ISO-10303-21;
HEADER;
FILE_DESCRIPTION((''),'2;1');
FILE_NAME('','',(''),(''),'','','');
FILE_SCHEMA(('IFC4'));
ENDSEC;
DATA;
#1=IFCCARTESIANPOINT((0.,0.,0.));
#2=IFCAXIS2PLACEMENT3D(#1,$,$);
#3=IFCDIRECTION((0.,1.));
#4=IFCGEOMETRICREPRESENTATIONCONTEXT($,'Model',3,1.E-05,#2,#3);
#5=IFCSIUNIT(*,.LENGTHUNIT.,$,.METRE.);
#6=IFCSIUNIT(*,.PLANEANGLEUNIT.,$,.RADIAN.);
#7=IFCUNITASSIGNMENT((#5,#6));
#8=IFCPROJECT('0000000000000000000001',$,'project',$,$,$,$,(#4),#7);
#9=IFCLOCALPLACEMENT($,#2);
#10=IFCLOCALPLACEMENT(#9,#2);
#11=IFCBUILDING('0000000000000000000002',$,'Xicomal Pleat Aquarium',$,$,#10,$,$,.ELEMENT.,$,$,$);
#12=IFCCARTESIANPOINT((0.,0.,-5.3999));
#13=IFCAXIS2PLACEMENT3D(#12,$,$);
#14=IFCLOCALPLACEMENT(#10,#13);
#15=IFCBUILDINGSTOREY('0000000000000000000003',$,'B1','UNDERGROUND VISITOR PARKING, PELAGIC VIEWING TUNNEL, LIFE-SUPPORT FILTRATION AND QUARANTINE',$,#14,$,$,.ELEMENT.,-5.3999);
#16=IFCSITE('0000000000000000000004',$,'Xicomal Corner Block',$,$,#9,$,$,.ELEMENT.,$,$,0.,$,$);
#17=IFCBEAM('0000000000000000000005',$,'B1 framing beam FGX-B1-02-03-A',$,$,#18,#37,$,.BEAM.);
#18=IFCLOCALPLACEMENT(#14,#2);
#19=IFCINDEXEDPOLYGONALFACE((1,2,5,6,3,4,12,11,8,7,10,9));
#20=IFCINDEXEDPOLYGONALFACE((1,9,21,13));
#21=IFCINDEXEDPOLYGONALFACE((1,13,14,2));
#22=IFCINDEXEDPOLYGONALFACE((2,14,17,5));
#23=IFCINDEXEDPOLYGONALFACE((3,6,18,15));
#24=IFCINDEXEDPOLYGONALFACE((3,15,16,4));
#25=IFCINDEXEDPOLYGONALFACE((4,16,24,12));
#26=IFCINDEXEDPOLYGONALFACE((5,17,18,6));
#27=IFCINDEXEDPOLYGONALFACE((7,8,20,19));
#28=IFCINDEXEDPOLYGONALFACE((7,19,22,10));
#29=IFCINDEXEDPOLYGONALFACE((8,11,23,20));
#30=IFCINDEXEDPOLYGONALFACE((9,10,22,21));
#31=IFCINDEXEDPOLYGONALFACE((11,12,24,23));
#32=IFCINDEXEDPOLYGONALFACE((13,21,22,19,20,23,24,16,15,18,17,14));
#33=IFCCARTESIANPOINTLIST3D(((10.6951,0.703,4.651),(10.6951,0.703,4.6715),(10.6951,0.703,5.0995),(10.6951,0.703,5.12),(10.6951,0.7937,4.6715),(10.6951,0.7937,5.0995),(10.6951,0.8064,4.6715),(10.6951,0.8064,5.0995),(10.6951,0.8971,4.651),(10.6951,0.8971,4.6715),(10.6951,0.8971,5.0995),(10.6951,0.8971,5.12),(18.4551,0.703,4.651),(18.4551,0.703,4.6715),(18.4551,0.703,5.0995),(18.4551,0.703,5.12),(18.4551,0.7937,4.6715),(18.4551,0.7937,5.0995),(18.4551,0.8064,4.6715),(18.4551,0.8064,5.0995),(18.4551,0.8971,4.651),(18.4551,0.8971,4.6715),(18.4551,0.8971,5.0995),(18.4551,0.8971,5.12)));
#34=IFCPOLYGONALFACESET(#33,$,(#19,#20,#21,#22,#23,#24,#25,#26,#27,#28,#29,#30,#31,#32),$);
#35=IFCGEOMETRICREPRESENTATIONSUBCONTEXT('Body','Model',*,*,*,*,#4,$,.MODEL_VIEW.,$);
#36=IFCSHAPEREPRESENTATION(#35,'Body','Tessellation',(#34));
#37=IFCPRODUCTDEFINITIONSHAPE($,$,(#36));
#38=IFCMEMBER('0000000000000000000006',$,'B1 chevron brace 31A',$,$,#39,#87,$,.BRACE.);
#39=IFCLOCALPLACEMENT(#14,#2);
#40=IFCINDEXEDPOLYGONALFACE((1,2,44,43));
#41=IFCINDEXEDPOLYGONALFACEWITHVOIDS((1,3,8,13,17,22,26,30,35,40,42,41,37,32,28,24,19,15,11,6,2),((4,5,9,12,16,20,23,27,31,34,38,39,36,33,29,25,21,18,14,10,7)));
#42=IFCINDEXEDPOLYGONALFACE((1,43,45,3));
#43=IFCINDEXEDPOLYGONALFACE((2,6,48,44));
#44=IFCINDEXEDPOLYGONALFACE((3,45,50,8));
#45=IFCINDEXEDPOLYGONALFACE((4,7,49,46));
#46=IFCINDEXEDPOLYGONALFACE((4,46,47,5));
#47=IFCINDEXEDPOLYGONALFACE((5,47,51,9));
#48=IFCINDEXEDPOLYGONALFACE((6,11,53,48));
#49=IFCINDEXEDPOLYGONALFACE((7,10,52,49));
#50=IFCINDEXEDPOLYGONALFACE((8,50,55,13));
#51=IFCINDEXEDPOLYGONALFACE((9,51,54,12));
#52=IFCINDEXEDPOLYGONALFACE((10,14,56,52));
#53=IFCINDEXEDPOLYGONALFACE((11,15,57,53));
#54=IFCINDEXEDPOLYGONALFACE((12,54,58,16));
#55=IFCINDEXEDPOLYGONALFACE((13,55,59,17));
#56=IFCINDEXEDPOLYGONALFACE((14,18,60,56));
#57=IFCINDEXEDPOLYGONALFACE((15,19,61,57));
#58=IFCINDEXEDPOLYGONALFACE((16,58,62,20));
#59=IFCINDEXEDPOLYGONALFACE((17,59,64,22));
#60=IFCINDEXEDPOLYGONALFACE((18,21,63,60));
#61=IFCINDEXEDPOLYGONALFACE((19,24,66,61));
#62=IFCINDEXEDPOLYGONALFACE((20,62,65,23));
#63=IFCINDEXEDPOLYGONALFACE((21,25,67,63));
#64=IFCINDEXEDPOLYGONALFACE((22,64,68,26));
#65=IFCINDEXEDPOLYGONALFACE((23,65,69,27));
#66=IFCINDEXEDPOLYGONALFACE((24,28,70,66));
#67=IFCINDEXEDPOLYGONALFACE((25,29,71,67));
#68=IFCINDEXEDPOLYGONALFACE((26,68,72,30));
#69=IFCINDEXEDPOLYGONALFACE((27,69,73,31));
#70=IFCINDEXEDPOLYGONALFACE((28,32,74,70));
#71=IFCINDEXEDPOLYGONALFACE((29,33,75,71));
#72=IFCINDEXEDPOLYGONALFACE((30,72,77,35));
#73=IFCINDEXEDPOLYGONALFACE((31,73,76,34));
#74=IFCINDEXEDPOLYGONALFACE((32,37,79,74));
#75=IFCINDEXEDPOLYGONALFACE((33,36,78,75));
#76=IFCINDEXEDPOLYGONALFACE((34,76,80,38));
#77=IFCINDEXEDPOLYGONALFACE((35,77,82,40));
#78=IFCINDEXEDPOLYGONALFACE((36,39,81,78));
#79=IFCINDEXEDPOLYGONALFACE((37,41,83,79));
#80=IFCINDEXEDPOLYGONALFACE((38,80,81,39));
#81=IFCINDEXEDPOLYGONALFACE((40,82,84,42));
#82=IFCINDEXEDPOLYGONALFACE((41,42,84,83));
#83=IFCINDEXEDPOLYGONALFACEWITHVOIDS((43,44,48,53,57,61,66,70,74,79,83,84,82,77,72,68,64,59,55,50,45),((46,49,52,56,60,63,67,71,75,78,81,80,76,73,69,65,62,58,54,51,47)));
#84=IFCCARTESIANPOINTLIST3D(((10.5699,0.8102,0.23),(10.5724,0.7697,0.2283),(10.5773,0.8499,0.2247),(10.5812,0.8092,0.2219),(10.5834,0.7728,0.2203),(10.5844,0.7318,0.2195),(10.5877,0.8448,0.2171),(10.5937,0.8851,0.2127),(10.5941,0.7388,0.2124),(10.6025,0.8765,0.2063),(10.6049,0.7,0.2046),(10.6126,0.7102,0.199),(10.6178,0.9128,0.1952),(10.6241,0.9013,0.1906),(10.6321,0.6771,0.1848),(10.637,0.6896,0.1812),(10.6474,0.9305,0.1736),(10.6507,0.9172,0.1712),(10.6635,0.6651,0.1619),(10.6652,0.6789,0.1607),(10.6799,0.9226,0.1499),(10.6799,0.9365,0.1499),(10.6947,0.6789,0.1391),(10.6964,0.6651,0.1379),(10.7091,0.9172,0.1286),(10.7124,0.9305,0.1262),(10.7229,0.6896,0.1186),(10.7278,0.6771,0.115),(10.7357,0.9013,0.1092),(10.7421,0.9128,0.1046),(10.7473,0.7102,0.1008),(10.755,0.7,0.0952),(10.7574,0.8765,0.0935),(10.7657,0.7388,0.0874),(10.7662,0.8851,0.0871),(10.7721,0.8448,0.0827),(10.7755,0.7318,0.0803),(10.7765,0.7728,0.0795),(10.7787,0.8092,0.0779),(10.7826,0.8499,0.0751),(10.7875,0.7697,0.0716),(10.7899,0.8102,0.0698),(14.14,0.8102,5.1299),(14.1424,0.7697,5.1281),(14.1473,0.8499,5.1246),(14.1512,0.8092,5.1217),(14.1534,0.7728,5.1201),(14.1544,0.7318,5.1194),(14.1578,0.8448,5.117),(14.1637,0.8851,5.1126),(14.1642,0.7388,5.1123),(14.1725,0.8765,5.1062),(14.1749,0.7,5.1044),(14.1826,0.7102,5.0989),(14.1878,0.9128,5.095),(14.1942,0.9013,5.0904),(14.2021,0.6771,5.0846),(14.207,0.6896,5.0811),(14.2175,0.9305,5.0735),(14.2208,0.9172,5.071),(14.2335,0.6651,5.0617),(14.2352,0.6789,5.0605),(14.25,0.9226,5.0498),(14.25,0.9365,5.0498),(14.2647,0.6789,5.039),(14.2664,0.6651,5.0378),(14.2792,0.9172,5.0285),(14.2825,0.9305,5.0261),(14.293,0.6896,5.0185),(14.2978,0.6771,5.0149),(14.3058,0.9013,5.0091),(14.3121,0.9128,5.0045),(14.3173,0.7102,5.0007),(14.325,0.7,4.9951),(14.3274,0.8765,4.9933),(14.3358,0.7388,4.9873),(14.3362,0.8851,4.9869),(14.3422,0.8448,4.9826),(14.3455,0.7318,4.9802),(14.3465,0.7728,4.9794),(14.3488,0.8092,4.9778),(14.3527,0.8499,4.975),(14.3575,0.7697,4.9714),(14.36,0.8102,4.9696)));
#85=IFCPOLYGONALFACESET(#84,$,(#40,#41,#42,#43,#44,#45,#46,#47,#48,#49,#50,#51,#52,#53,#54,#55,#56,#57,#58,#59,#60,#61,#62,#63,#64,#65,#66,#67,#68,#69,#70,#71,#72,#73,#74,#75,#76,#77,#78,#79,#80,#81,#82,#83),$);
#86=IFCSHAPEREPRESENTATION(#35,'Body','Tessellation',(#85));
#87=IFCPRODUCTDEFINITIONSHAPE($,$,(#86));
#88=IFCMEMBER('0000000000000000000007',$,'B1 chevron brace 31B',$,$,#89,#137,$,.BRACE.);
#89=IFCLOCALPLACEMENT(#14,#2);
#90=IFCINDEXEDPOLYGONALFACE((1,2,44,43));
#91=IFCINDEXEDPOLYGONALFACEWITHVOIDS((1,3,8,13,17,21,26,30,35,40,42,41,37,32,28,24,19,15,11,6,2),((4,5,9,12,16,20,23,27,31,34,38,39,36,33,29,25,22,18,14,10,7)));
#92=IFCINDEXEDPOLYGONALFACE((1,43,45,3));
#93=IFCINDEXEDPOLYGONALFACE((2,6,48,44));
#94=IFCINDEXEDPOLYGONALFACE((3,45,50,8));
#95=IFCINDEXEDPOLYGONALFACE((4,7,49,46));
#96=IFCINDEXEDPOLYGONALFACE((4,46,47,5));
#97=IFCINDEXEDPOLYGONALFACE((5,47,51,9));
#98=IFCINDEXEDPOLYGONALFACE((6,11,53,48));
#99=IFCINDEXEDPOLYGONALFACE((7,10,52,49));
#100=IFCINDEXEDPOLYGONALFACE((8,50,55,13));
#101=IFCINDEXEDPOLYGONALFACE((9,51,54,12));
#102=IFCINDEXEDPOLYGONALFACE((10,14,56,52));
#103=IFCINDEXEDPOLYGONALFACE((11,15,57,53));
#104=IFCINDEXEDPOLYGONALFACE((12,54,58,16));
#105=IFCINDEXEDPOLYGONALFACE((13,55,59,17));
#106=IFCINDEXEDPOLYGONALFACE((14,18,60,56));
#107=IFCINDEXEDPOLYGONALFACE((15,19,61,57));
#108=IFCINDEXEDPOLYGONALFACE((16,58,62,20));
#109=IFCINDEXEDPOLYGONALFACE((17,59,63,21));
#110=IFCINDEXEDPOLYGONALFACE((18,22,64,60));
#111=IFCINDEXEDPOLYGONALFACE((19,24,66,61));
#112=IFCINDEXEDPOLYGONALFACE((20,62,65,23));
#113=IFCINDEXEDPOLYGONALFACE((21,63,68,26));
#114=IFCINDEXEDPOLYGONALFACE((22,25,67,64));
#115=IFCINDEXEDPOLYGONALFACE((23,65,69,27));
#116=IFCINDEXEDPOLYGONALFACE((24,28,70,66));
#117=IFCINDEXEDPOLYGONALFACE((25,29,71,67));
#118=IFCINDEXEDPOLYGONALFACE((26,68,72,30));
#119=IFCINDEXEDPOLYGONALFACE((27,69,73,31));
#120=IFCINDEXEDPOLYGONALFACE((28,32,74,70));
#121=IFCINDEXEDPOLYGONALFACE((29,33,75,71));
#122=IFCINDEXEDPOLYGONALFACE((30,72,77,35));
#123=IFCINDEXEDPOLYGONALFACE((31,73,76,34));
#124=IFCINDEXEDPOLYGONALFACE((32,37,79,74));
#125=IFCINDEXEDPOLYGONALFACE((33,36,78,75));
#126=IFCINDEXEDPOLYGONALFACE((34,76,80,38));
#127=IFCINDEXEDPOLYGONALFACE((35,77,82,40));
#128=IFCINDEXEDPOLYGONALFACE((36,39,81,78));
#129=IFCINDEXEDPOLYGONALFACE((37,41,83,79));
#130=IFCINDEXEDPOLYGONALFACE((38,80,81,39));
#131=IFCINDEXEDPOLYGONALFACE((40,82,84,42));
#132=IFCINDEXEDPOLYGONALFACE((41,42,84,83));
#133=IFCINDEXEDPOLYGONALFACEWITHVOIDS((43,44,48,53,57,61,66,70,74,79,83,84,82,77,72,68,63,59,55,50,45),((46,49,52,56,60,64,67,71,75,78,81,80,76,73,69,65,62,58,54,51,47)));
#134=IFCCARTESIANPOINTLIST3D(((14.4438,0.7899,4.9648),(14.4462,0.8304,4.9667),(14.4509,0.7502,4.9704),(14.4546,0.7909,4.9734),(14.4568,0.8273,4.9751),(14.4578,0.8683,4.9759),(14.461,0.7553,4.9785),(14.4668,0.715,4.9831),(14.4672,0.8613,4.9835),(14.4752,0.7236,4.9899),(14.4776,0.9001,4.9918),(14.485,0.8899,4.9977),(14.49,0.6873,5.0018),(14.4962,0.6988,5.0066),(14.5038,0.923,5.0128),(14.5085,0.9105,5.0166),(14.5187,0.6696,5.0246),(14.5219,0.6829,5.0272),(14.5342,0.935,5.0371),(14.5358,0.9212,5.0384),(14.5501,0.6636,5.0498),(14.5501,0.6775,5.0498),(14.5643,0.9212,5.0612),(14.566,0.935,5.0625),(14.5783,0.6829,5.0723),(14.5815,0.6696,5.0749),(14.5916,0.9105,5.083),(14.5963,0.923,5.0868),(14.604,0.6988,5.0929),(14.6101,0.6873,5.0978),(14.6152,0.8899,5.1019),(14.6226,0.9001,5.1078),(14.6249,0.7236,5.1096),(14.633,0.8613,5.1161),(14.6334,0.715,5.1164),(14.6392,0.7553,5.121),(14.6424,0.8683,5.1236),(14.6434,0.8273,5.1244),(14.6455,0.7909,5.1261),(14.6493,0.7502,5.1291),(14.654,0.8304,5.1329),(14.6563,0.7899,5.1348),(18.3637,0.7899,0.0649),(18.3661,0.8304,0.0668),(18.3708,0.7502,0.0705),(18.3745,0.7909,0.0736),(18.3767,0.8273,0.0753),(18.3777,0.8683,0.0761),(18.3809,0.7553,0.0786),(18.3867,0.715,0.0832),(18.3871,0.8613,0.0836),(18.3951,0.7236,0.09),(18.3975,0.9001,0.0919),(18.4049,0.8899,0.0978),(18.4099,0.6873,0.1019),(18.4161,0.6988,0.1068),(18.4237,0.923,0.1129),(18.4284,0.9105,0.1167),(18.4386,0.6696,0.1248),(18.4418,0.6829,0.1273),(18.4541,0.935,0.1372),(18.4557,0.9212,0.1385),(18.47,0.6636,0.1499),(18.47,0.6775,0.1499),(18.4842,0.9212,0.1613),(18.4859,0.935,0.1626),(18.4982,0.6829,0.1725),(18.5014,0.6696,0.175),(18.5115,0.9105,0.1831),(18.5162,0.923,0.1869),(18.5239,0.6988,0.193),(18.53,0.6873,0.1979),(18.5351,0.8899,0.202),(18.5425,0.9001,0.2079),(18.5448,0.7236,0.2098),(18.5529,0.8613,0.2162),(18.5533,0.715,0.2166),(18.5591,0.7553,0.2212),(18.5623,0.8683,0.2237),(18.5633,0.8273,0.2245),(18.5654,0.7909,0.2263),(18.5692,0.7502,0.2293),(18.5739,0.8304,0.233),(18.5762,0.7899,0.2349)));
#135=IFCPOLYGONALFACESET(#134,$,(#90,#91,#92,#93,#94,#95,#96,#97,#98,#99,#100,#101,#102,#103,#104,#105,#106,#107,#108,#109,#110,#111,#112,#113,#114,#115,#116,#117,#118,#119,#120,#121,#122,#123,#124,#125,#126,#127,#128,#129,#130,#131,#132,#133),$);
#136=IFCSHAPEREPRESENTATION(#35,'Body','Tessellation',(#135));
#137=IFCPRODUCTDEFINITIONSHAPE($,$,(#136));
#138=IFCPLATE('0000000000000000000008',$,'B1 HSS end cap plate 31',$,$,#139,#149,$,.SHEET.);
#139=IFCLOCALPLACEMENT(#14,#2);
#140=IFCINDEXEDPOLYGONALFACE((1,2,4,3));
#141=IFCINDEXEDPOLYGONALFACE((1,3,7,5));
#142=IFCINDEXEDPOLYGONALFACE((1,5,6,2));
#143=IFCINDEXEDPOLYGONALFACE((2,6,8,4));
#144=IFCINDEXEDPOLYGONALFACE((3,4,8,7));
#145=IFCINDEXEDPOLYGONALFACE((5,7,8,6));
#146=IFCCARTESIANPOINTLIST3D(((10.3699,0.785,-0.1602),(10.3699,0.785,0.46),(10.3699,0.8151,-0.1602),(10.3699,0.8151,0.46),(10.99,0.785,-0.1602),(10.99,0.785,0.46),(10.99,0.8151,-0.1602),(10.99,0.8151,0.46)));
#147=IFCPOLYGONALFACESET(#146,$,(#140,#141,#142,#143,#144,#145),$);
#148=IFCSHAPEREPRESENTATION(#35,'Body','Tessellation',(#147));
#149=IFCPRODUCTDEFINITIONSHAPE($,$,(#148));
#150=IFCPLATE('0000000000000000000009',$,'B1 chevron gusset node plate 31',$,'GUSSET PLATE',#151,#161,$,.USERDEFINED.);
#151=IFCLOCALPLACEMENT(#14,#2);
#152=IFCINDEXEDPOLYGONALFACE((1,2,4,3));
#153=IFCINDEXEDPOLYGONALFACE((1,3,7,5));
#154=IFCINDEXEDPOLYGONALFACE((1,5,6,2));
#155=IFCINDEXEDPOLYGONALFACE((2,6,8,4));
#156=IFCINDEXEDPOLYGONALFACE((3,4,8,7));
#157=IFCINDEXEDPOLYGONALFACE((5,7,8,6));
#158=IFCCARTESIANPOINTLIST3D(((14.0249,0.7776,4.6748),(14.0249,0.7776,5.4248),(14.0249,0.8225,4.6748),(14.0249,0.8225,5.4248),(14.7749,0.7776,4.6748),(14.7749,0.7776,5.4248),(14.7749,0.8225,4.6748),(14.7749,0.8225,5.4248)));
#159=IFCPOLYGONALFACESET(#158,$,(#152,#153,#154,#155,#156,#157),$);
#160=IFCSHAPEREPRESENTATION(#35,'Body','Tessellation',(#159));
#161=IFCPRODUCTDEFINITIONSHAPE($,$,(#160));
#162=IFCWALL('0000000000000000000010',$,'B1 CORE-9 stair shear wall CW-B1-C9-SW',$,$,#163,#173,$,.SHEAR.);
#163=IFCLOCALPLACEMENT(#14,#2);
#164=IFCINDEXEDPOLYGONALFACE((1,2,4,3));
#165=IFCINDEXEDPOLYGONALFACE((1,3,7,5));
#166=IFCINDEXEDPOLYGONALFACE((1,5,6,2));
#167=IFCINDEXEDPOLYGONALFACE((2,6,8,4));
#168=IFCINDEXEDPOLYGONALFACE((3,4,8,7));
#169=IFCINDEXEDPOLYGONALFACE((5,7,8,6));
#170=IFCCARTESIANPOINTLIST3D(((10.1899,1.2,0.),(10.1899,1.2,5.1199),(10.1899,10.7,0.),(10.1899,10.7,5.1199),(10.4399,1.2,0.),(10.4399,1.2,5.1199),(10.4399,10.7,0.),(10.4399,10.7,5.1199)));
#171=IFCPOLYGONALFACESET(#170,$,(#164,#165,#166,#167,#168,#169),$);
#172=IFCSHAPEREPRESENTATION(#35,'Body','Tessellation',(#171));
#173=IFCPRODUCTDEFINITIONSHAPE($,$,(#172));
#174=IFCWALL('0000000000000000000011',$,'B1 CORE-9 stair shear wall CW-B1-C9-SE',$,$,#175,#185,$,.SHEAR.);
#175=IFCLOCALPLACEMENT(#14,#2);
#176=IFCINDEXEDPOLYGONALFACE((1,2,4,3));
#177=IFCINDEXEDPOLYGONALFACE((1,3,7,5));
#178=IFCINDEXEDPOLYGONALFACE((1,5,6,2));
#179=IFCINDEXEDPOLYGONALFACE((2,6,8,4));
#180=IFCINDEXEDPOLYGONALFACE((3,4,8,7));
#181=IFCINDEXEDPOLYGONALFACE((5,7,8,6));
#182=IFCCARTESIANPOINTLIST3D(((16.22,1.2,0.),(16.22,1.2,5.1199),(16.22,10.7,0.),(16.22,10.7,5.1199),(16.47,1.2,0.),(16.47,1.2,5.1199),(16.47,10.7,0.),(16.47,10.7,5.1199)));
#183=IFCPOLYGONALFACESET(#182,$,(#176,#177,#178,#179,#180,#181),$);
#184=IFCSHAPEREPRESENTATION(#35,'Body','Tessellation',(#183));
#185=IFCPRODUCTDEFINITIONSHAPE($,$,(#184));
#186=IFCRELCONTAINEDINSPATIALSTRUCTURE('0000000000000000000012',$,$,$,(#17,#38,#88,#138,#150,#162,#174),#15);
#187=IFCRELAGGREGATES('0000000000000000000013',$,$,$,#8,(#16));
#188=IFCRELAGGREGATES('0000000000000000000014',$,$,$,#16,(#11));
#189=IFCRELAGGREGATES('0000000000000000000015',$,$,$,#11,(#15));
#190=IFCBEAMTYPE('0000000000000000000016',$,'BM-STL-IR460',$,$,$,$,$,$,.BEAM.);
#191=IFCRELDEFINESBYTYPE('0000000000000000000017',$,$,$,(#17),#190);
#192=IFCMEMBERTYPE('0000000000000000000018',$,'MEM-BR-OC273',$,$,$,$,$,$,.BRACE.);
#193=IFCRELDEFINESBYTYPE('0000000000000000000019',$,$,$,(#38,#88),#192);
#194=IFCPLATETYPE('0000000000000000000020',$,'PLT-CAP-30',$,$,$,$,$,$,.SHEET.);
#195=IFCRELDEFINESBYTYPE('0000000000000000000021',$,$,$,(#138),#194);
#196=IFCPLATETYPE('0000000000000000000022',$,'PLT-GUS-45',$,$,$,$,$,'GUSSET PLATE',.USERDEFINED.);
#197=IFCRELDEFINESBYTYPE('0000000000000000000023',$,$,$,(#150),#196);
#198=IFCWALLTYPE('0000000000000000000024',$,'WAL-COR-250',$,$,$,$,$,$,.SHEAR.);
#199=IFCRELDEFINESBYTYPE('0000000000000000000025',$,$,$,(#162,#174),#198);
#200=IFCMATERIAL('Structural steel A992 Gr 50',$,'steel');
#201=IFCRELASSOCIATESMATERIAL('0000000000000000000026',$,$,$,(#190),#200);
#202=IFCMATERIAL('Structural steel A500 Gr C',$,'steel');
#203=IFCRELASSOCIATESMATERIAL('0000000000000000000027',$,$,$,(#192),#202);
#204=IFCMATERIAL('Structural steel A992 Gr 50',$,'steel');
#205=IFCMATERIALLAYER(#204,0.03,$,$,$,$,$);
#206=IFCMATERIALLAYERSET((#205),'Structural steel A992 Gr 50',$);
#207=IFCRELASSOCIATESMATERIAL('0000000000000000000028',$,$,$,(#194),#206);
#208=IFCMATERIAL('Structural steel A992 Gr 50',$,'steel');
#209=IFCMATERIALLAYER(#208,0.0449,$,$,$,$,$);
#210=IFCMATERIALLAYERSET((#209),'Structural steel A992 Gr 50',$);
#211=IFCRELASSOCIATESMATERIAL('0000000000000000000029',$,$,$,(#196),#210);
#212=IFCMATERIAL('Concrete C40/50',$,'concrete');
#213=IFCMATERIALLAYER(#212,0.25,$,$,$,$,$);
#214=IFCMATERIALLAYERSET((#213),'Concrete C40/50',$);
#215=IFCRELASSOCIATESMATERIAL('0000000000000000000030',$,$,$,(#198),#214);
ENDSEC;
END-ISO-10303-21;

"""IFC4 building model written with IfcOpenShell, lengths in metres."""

from ifc_helpers import new_model, si_unit, direction, frame, frame_2d, origin, origin_2d, place, context, subcontext, project, spatial, rectangle, hollow_circle, i_section, extrude, material, layer, layer_set, material_profile, profile_set, type_object, element, save


model = new_model("IFC4")

# Units and contexts
model_context = context("Model", 3, precision=1e-05, world=origin(), true_north=direction((0.0, 1.0)))
body_context = subcontext(model_context, "Body", "Model", "MODEL_VIEW")
ifc_project = project(units=[si_unit("LENGTHUNIT", "METRE"), si_unit("PLANEANGLEUNIT", "RADIAN")], contexts=[model_context])

# Site, building, storey
site_placement = place(None, origin())
site = spatial("IfcSite", under=ifc_project, at=site_placement, Name="Xicomal Corner Block", CompositionType="ELEMENT", RefElevation=0.0)
building_placement = place(site_placement, origin())
building = spatial("IfcBuilding", under=site, at=building_placement, Name="Xicomal Pleat Aquarium", CompositionType="ELEMENT")
storey_placement = place(building_placement, frame((0.0, 0.0, -5.3999)))
storey = spatial("IfcBuildingStorey", under=building, at=storey_placement, Name="B1", Description="UNDERGROUND VISITOR PARKING, PELAGIC VIEWING TUNNEL, LIFE-SUPPORT FILTRATION AND QUARANTINE", CompositionType="ELEMENT", Elevation=-5.3999)

# Beam
ifc_material_1 = material(Name="Structural steel A992 Gr 50", Category="steel")
ifc_material_profile_1 = material_profile(ifc_material_1, i_section(OverallWidth=0.1941, OverallDepth=0.469, WebThickness=0.0127, FlangeThickness=0.0205, at=origin_2d()), Name="IR 460x106")
ifc_profile_set_1 = profile_set([ifc_material_profile_1], Name="Structural steel A992 Gr 50")
beam_type_1 = type_object("IfcBeamType", Name="BM-STL-IR460", PredefinedType="BEAM", material=ifc_profile_set_1)
beam_placement = place(storey_placement, frame((10.6951, 0.8, 4.8855), z_axis=(1.0, 0.0, 0.0), x_axis=(0.0, 1.0, 0.0)))
element("IfcBeam", 1, at=beam_placement, inside=storey, type_object=beam_type_1, Name="B1 framing beam FGX-B1-02-03-A", PredefinedType="BEAM", context=body_context, shape_type="SweptSolid", body=[
    extrude(i_section(OverallWidth=0.1941, OverallDepth=0.469, WebThickness=0.0127, FlangeThickness=0.0205, at=origin_2d()), origin(), (0.0, 0.0, 1.0), 7.76),
])

# Members
ifc_material_2 = material(Name="Structural steel A500 Gr C", Category="steel")
ifc_material_profile_2 = material_profile(ifc_material_2, hollow_circle(Radius=0.1365, WallThickness=0.0139, at=origin_2d()), Name="OC 273x14")
ifc_profile_set_2 = profile_set([ifc_material_profile_2], Name="Structural steel A500 Gr C")
member_type = type_object("IfcMemberType", Name="MEM-BR-OC273", PredefinedType="BRACE", material=ifc_profile_set_2)
member_1_placement = place(storey_placement, frame((10.6799, 0.8, 0.1499), z_axis=(0.588873, 0.0, 0.808226), x_axis=(0.0, 1.0, 0.0)))
element("IfcMember", 2, at=member_1_placement, inside=storey, type_object=member_type, Name="B1 chevron brace 31A", PredefinedType="BRACE", context=body_context, shape_type="SweptSolid", body=[
    extrude(hollow_circle(Radius=0.1365, WallThickness=0.0139, at=origin_2d()), origin(), (0.0, 0.0, 1.0), 6.0625),
])
member_2_placement = place(storey_placement, frame((18.47, 0.8, 0.1499), z_axis=(-0.624695, 0.0, 0.780869), x_axis=(0.0, -1.0, 0.0)))
element("IfcMember", 3, at=member_2_placement, inside=storey, type_object=member_type, Name="B1 chevron brace 31B", PredefinedType="BRACE", context=body_context, shape_type="SweptSolid", body=[
    extrude(hollow_circle(Radius=0.1365, WallThickness=0.0139, at=origin_2d()), origin(), (0.0, 0.0, 1.0), 6.2749),
])

# Plates
ifc_material_3 = material(Name="Structural steel A992 Gr 50", Category="steel")
ifc_layer_1 = layer(ifc_material_3, 0.03)
ifc_layer_set_1 = layer_set([ifc_layer_1], Name="Structural steel A992 Gr 50")
plate_type_1 = type_object("IfcPlateType", Name="PLT-CAP-30", PredefinedType="SHEET", material=ifc_layer_set_1)
plate_1_placement = place(storey_placement, frame((10.6799, 0.8, -0.1602), z_axis=(0.0, 0.0, 1.0), x_axis=(1.0, 0.0, 0.0)))
element("IfcPlate", 4, at=plate_1_placement, inside=storey, type_object=plate_type_1, Name="B1 HSS end cap plate 31", PredefinedType="SHEET", context=body_context, shape_type="SweptSolid", body=[
    extrude(rectangle(XDim=0.6201, YDim=0.03, at=origin_2d()), origin(), (0.0, 0.0, 1.0), 0.6201),
])
ifc_material_4 = material(Name="Structural steel A992 Gr 50", Category="steel")
ifc_layer_2 = layer(ifc_material_4, 0.0449)
ifc_layer_set_2 = layer_set([ifc_layer_2], Name="Structural steel A992 Gr 50")
plate_type_2 = type_object("IfcPlateType", Name="PLT-GUS-45", ElementType="GUSSET PLATE", PredefinedType="USERDEFINED", material=ifc_layer_set_2)
plate_2_placement = place(storey_placement, frame((14.3999, 0.8, 4.6748), z_axis=(0.0, 0.0, 1.0), x_axis=(1.0, 0.0, 0.0)))
element("IfcPlate", 5, at=plate_2_placement, inside=storey, type_object=plate_type_2, Name="B1 chevron gusset node plate 31", ObjectType="GUSSET PLATE", PredefinedType="USERDEFINED", context=body_context, shape_type="SweptSolid", body=[
    extrude(rectangle(XDim=0.75, YDim=0.0449, at=origin_2d()), origin(), (0.0, 0.0, 1.0), 0.75),
])

# Walls
ifc_material_5 = material(Name="Concrete C40/50", Category="concrete")
ifc_layer_3 = layer(ifc_material_5, 0.25)
ifc_layer_set_3 = layer_set([ifc_layer_3], Name="Concrete C40/50")
wall_type = type_object("IfcWallType", Name="WAL-COR-250", PredefinedType="SHEAR", material=ifc_layer_set_3)
for number, where, z_axis, x_axis, name in (
    (6, (10.3149, 1.2, 0.0), (0.0, 0.0, 1.0), (0.0, 1.0, 0.0), "B1 CORE-9 stair shear wall CW-B1-C9-SW"),
    (7, (16.345, 1.2, 0.0), (0.0, 0.0, 1.0), (0.0, 1.0, 0.0), "B1 CORE-9 stair shear wall CW-B1-C9-SE"),
):
    element("IfcWall", number, at=place(storey_placement, frame(where, z_axis=z_axis, x_axis=x_axis)), inside=storey, type_object=wall_type, Name=name, PredefinedType="SHEAR", context=body_context, shape_type="SweptSolid", body=[
        extrude(rectangle(XDim=9.5, YDim=0.25, at=frame_2d((4.75, 0.0))), origin(), (0.0, 0.0, 1.0), 5.1199),
    ])

save(model, "model.ifc")
